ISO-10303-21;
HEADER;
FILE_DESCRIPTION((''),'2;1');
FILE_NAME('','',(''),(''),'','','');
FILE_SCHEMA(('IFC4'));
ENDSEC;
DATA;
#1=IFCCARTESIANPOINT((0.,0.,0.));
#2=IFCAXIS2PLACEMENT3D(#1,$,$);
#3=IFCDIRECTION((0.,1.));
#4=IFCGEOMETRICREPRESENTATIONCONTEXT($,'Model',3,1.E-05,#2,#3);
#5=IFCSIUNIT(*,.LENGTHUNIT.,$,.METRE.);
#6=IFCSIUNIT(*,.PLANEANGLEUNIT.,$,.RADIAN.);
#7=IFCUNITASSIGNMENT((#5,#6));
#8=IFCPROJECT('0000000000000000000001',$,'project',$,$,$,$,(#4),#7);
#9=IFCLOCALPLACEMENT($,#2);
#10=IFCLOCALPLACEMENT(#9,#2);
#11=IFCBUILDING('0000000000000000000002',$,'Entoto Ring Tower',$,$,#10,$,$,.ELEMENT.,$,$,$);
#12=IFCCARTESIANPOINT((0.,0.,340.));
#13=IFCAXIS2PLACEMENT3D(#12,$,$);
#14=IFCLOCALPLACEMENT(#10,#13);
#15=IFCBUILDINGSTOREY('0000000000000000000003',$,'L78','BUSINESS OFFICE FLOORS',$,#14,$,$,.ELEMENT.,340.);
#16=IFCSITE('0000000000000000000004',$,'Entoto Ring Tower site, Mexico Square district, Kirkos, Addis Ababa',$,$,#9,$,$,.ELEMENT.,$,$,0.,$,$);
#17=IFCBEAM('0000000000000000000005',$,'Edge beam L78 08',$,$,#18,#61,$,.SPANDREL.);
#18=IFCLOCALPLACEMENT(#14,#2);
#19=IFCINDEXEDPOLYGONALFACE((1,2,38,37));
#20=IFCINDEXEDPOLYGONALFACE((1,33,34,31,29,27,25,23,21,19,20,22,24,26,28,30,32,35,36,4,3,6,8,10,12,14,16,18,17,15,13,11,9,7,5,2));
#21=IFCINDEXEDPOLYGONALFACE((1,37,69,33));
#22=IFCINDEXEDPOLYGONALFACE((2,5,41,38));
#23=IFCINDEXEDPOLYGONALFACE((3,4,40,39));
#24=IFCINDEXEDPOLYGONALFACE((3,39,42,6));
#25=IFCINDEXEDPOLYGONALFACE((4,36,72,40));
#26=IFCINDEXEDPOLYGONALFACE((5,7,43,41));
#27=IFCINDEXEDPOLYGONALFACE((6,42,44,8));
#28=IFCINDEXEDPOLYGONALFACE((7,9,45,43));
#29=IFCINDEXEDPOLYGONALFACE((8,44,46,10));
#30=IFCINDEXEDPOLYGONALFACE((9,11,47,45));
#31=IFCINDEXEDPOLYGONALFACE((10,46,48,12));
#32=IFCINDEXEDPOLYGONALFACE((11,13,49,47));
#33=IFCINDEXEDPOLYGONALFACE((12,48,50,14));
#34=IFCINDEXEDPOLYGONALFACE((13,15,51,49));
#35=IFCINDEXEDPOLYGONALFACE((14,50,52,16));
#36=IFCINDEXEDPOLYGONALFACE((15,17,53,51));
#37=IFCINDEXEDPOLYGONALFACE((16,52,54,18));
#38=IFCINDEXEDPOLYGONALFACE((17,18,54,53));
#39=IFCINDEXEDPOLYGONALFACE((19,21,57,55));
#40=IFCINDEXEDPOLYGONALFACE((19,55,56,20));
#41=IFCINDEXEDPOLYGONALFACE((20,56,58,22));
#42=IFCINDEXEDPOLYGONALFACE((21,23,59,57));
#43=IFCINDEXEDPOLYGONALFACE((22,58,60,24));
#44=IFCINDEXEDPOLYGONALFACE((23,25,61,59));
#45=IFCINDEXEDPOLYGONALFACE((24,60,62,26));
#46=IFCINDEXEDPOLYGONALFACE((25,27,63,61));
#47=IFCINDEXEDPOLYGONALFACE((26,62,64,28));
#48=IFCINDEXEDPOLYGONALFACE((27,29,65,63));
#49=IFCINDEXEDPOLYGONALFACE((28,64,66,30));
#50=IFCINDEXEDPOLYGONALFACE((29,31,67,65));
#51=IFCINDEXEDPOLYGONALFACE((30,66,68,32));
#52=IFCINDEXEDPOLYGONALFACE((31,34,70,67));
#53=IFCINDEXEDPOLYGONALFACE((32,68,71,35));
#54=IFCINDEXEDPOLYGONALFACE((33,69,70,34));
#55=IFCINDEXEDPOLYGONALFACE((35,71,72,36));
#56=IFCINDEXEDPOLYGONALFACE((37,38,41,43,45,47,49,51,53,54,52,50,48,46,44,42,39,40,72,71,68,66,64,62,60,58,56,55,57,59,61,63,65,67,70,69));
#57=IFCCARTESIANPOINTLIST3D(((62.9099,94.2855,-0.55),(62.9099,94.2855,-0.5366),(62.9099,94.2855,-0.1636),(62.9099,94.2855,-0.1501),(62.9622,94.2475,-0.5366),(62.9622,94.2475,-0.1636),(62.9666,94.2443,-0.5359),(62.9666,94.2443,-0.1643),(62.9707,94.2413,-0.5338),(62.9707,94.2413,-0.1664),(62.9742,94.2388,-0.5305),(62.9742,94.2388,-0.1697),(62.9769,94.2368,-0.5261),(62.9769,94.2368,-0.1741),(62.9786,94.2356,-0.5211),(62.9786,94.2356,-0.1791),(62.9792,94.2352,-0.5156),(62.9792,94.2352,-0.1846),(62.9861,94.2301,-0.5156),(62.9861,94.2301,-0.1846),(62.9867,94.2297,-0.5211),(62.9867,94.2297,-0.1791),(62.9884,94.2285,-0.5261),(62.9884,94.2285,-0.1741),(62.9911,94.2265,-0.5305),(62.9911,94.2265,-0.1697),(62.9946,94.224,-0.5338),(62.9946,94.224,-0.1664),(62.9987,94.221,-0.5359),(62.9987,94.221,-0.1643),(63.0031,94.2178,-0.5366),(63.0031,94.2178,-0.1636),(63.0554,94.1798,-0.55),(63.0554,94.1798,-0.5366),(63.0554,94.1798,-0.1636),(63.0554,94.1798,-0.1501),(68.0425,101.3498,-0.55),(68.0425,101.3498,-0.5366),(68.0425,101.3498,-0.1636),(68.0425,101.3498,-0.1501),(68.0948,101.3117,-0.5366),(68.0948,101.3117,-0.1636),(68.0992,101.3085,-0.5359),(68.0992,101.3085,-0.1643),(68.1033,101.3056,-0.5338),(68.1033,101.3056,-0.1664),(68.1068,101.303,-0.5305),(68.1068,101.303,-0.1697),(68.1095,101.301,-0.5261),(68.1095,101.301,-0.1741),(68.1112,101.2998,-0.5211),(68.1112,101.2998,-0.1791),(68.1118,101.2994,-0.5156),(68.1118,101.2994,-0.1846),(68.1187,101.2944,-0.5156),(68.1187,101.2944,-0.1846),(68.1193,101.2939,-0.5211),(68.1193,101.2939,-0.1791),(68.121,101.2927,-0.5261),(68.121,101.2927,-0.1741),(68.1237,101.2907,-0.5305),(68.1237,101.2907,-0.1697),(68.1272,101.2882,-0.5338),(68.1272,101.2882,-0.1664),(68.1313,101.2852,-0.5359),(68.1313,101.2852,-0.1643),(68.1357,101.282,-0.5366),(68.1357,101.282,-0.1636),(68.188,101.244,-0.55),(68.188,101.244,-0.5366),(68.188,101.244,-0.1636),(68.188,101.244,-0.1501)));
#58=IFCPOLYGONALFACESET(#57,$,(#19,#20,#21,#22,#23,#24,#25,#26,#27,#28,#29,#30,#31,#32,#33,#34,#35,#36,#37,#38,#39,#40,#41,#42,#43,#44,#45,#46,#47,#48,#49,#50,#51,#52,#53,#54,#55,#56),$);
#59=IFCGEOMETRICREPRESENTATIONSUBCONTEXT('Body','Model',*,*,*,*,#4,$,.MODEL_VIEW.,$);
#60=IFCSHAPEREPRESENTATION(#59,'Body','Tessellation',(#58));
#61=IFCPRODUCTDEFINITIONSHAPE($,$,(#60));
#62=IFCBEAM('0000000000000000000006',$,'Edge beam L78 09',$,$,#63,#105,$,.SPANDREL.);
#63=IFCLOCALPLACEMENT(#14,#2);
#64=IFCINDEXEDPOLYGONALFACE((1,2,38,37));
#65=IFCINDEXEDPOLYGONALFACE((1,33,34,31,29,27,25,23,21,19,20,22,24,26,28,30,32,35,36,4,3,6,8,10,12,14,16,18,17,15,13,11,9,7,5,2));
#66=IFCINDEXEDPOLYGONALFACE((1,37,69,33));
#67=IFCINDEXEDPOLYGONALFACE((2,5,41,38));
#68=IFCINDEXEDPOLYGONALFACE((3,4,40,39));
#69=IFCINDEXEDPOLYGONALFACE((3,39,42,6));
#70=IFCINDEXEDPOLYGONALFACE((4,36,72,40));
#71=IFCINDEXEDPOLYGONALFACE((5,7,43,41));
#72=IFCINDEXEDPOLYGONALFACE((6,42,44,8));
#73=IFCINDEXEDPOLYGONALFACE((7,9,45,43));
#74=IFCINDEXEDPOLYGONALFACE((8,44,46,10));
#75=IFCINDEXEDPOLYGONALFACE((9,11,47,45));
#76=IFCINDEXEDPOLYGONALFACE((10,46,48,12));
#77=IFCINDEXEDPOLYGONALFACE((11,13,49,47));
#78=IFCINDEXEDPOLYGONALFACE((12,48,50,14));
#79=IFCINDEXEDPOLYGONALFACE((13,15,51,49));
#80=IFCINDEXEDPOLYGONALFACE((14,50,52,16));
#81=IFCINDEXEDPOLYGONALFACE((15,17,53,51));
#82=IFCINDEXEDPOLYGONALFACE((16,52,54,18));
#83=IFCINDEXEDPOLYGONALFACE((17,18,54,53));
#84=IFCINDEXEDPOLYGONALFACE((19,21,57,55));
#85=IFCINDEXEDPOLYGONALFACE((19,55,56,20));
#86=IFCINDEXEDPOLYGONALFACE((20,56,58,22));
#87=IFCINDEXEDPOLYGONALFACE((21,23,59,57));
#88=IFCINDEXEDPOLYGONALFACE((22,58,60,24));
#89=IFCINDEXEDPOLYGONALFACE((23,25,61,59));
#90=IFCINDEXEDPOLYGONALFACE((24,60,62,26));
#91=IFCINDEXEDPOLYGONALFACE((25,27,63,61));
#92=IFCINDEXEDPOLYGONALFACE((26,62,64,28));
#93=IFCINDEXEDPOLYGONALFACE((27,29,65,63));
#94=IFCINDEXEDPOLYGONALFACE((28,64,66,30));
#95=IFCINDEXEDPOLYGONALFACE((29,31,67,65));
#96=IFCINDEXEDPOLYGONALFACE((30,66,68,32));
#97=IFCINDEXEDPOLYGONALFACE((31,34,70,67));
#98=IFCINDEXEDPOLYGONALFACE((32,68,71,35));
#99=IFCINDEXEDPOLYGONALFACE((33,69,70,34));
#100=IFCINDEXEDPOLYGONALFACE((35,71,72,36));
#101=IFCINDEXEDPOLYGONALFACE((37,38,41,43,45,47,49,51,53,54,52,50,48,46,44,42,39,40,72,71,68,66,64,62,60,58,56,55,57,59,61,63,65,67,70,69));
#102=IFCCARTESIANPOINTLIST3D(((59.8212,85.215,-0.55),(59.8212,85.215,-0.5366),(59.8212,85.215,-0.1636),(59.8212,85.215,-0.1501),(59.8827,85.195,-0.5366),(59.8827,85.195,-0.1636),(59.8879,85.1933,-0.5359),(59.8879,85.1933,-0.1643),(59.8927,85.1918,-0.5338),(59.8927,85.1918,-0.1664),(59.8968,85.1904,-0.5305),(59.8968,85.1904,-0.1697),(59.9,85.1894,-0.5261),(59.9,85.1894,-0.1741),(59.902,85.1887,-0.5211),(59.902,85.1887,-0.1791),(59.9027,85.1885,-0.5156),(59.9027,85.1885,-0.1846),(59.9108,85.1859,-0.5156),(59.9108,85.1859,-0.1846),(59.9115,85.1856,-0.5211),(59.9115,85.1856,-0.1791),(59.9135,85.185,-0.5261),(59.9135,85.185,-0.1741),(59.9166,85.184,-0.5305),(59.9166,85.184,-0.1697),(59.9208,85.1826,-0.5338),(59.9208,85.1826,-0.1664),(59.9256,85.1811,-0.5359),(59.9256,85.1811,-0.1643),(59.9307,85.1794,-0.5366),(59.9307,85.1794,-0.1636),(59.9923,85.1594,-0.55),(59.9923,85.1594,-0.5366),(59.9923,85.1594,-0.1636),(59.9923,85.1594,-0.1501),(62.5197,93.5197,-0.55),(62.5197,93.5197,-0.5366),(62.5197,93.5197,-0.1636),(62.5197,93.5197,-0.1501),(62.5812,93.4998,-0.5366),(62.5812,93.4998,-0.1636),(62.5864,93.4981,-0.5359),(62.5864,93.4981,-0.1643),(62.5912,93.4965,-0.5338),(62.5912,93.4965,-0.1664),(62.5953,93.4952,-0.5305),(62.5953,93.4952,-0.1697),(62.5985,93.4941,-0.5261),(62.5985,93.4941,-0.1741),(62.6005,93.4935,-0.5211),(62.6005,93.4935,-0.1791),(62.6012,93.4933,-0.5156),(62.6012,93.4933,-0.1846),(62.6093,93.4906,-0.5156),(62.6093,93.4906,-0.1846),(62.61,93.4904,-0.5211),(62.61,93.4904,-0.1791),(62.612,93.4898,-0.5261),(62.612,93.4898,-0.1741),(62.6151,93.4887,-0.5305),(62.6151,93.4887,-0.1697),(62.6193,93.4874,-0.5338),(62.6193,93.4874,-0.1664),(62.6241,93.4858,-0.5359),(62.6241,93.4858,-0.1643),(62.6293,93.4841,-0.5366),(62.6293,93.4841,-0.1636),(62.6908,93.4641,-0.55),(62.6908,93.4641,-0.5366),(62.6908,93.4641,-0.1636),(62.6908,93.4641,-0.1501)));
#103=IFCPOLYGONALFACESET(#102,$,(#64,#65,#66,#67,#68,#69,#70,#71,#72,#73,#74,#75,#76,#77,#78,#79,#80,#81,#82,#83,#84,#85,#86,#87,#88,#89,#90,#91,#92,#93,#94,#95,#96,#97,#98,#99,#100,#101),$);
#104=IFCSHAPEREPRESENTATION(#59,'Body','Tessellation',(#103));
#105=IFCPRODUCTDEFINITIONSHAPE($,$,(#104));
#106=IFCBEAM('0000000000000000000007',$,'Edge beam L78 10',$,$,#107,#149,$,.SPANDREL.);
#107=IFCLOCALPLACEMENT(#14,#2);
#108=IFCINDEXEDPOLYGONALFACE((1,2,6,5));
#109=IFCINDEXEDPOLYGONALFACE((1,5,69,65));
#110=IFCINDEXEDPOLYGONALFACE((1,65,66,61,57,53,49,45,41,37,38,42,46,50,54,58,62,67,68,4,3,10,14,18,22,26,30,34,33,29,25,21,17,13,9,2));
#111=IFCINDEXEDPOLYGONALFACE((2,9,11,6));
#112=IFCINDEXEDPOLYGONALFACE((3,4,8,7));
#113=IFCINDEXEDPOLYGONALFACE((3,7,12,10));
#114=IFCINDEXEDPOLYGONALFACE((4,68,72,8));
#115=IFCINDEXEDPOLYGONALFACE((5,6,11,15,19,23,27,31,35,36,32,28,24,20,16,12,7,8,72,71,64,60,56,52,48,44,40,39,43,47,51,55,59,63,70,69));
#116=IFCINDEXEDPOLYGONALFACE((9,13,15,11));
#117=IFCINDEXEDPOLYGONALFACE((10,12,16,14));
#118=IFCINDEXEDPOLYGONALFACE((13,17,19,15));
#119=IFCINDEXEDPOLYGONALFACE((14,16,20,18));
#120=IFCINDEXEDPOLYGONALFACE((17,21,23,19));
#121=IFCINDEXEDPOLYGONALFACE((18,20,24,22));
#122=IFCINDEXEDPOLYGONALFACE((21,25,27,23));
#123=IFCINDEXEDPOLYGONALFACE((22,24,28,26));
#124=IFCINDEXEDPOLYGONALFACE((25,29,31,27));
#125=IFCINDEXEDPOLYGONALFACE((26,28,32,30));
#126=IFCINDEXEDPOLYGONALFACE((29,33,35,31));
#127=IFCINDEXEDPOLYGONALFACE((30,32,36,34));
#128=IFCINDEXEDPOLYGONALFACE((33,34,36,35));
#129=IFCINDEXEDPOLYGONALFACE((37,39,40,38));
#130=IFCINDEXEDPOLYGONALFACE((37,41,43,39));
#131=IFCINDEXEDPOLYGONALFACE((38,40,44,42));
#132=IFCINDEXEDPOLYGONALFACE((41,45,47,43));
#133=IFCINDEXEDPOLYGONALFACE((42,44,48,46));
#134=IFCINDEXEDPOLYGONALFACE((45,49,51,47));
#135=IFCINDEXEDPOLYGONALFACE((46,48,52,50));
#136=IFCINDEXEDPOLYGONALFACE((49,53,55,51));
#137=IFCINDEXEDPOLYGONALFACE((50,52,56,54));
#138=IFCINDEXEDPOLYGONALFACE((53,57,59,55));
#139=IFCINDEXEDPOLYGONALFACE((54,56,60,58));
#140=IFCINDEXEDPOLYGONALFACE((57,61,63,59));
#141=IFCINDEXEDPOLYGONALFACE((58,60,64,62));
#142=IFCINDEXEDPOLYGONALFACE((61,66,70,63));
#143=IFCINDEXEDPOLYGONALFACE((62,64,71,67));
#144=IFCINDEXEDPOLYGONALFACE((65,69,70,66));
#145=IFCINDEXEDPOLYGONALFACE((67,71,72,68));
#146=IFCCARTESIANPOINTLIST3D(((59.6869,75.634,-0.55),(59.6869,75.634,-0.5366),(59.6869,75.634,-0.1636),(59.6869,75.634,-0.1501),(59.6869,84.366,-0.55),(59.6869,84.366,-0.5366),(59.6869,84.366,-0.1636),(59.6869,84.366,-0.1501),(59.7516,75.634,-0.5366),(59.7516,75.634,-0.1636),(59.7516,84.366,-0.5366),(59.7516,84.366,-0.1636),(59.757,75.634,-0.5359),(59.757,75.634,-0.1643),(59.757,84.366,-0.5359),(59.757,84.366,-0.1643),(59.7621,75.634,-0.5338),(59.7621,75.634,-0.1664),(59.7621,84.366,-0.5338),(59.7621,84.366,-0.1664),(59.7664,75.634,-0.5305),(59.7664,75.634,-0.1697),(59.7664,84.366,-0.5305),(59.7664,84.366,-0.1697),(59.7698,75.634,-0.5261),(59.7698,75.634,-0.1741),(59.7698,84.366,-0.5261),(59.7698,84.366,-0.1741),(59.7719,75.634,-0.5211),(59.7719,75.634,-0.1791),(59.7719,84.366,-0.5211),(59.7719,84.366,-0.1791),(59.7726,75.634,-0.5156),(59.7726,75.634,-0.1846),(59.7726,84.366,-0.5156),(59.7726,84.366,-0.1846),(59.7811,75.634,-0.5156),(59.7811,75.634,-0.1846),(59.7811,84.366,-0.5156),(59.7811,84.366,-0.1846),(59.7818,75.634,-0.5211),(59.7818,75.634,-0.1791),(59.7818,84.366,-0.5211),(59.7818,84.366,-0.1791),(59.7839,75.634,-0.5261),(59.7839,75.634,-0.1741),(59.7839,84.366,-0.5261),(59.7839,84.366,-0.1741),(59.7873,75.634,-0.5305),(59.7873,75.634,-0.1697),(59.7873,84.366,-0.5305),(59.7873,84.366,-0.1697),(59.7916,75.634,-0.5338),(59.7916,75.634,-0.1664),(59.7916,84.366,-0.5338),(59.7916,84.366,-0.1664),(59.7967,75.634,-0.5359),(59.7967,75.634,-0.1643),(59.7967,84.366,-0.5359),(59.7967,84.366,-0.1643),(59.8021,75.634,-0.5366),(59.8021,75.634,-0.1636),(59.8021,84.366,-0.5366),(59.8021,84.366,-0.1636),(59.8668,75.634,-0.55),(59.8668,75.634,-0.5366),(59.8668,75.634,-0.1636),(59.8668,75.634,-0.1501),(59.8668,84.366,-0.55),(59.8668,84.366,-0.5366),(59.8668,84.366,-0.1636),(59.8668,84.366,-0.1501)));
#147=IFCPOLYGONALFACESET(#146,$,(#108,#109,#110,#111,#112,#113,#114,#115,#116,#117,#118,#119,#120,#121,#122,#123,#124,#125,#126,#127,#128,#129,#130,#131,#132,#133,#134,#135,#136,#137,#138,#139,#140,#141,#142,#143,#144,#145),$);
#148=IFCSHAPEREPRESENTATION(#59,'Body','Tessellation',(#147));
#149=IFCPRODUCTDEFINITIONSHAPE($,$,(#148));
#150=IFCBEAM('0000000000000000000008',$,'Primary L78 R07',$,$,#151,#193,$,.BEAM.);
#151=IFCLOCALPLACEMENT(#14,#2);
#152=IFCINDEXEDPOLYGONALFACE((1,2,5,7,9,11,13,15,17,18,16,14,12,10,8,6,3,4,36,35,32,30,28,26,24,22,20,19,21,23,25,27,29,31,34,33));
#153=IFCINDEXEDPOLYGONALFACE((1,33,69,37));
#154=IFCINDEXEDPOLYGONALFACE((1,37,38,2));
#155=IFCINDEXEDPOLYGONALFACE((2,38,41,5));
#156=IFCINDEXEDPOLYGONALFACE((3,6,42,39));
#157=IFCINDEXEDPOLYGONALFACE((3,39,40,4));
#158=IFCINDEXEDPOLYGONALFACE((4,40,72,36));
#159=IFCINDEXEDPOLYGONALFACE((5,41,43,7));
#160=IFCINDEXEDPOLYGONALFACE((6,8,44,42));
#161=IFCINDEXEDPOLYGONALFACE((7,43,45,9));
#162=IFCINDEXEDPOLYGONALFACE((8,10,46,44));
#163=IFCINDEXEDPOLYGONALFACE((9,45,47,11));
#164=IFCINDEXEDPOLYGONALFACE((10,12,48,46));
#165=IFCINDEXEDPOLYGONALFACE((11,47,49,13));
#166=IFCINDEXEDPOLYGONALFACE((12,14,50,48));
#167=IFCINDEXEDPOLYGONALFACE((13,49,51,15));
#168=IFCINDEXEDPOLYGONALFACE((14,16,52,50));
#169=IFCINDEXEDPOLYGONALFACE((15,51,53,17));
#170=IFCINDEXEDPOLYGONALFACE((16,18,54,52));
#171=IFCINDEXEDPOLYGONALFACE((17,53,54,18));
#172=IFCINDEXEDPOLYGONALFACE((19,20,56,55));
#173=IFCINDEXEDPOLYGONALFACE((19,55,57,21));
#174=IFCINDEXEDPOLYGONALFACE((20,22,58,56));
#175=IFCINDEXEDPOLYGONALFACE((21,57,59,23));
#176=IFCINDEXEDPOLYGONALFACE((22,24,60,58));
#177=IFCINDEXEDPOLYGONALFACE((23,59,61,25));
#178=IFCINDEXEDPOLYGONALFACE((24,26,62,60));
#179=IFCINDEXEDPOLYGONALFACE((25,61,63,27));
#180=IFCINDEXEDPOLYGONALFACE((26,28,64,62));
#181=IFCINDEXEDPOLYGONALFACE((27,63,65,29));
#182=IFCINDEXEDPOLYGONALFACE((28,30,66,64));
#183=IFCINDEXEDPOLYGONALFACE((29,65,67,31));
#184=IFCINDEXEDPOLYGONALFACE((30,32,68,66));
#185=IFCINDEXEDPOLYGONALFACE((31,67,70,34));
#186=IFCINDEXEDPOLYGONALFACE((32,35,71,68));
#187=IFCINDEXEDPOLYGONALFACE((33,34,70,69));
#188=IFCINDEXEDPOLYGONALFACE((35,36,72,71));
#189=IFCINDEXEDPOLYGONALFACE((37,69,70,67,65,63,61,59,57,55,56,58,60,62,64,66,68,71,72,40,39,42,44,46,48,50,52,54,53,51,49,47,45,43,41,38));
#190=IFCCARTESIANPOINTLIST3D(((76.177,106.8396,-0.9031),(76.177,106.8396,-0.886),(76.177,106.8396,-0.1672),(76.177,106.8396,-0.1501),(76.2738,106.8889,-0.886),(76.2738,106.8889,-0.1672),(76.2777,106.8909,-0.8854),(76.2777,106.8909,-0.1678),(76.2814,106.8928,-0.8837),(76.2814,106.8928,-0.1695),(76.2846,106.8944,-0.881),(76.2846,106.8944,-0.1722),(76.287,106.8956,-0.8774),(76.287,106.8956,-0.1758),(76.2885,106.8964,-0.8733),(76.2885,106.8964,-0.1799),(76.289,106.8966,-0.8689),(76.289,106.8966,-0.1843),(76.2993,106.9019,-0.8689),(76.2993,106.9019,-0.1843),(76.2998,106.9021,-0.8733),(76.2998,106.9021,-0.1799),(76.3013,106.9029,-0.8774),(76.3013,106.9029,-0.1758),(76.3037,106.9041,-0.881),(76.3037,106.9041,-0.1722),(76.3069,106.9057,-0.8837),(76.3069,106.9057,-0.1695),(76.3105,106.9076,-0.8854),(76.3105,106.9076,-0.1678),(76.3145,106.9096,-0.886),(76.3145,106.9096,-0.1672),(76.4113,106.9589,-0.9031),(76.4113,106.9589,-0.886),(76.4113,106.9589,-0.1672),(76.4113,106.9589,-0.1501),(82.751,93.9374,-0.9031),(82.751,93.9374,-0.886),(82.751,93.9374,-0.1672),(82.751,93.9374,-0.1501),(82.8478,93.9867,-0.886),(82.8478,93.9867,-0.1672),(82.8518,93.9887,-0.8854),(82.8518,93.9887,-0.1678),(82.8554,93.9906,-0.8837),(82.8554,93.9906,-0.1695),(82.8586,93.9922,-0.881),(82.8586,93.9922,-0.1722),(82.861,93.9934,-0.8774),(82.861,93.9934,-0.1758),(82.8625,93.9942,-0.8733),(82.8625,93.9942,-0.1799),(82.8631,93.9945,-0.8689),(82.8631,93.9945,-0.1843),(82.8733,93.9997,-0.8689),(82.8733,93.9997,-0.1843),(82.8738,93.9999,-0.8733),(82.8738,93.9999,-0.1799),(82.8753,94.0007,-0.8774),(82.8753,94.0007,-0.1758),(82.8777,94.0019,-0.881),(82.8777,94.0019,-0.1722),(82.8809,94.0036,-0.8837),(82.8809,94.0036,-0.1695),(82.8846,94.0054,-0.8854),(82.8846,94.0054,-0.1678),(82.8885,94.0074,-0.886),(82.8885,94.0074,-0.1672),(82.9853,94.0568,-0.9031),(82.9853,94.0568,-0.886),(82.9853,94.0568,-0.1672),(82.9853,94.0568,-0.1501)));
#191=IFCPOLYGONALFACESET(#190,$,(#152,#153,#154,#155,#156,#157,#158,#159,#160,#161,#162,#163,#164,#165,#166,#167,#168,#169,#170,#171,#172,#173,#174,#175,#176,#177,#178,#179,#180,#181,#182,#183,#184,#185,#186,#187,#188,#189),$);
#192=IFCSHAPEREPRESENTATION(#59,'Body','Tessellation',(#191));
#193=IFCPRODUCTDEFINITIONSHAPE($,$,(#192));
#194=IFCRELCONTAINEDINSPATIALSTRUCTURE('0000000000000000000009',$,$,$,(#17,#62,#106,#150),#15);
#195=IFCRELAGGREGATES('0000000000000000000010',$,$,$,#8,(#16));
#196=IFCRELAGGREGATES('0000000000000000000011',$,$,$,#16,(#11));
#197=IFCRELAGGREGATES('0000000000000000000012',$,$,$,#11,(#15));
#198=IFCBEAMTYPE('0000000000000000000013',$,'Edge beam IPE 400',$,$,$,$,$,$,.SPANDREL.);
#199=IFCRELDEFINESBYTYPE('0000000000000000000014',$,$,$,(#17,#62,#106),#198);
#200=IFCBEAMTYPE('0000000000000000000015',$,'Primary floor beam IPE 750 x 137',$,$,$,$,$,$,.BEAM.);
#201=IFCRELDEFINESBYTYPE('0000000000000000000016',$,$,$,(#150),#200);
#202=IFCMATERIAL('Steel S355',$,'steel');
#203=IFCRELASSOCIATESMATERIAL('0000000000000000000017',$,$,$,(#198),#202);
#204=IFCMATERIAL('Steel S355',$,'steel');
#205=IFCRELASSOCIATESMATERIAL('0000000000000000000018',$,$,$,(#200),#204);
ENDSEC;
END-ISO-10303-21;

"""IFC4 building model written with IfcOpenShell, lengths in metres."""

from ifc_helpers import new_model, si_unit, direction, frame, origin, origin_2d, place, context, subcontext, project, spatial, i_section, extrude, material, material_profile, profile_set, type_object, element, save


model = new_model("IFC4")

# Units and contexts
model_context = context("Model", 3, precision=1e-05, world=origin(), true_north=direction((0.0, 1.0)))
body_context = subcontext(model_context, "Body", "Model", "MODEL_VIEW")
ifc_project = project(units=[si_unit("LENGTHUNIT", "METRE"), si_unit("PLANEANGLEUNIT", "RADIAN")], contexts=[model_context])

# Site, building, storey
site_placement = place(None, origin())
site = spatial("IfcSite", under=ifc_project, at=site_placement, Name="Entoto Ring Tower site, Mexico Square district, Kirkos, Addis Ababa", CompositionType="ELEMENT", RefElevation=0.0)
building_placement = place(site_placement, origin())
building = spatial("IfcBuilding", under=site, at=building_placement, Name="Entoto Ring Tower", CompositionType="ELEMENT")
storey_placement = place(building_placement, frame((0.0, 0.0, 340.0)))
storey = spatial("IfcBuildingStorey", under=building, at=storey_placement, Name="L78", Description="BUSINESS OFFICE FLOORS", CompositionType="ELEMENT", Elevation=340.0)

# Beams
ifc_material_1 = material(Name="Steel S355", Category="steel")
ifc_material_profile_1 = material_profile(ifc_material_1, i_section(OverallWidth=0.1799, OverallDepth=0.3999, WebThickness=0.0085, FlangeThickness=0.0134, FilletRadius=0.021, at=origin_2d()), Name="IPE 400")
ifc_profile_set_1 = profile_set([ifc_material_profile_1], Name="Steel S355")
beam_type_1 = type_object("IfcBeamType", Name="Edge beam IPE 400", PredefinedType="SPANDREL", material=ifc_profile_set_1)
for number, where, z_axis, x_axis, name in (
    (1, (68.1152, 101.2969, -0.3501), (-0.587794, -0.80901, 0.0), (0.80901, -0.587794, 0.0), "Edge beam L78 08"),
):
    element("IfcBeam", number, at=place(storey_placement, frame(where, z_axis=z_axis, x_axis=x_axis)), inside=storey, type_object=beam_type_1, Name=name, PredefinedType="SPANDREL", context=body_context, shape_type="SweptSolid", body=[
        extrude(i_section(OverallWidth=0.1799, OverallDepth=0.3999, WebThickness=0.0085, FlangeThickness=0.0134, FilletRadius=0.021, at=origin_2d()), origin(), (0.0, 0.0, 1.0), 8.7319),
    ])
beam_1_placement = place(storey_placement, frame((62.6052, 93.4919, -0.3501), z_axis=(-0.30903, -0.951052, 0.0), x_axis=(0.951052, -0.30903, 0.0)))
element("IfcBeam", 2, at=beam_1_placement, inside=storey, type_object=beam_type_1, Name="Edge beam L78 09", PredefinedType="SPANDREL", context=body_context, shape_type="SweptSolid", body=[
    extrude(i_section(OverallWidth=0.1799, OverallDepth=0.3999, WebThickness=0.0085, FlangeThickness=0.0134, FilletRadius=0.021, at=origin_2d()), origin(), (0.0, 0.0, 1.0), 8.7322),
])
beam_2_placement = place(storey_placement, frame((59.7769, 84.366, -0.3501), z_axis=(0.0, -1.0, 0.0), x_axis=(1.0, 0.0, 0.0)))
element("IfcBeam", 3, at=beam_2_placement, inside=storey, type_object=beam_type_1, Name="Edge beam L78 10", PredefinedType="SPANDREL", context=body_context, shape_type="SweptSolid", body=[
    extrude(i_section(OverallWidth=0.1799, OverallDepth=0.3999, WebThickness=0.0085, FlangeThickness=0.0134, FilletRadius=0.021, at=origin_2d()), origin(), (0.0, 0.0, 1.0), 8.7319),
])
ifc_material_2 = material(Name="Steel S355", Category="steel")
ifc_material_profile_2 = material_profile(ifc_material_2, i_section(OverallWidth=0.2629, OverallDepth=0.7529, WebThickness=0.0115, FlangeThickness=0.0171, FilletRadius=0.0171, at=origin_2d()), Name="IPE 750 x 137")
ifc_profile_set_2 = profile_set([ifc_material_profile_2], Name="Steel S355")
beam_type_2 = type_object("IfcBeamType", Name="Primary floor beam IPE 750 x 137", PredefinedType="BEAM", material=ifc_profile_set_2)
beam_3_placement = place(storey_placement, frame((82.8682, 93.9971, -0.5266), z_axis=(-0.453992, 0.891006, 0.0), x_axis=(-0.891006, -0.453992, 0.0)))
element("IfcBeam", 4, at=beam_3_placement, inside=storey, type_object=beam_type_2, Name="Primary L78 R07", PredefinedType="BEAM", context=body_context, shape_type="SweptSolid", body=[
    extrude(i_section(OverallWidth=0.2629, OverallDepth=0.7529, WebThickness=0.0115, FlangeThickness=0.0171, FilletRadius=0.0171, at=origin_2d()), origin(), (0.0, 0.0, 1.0), 14.4805),
])

save(model, "model.ifc")
